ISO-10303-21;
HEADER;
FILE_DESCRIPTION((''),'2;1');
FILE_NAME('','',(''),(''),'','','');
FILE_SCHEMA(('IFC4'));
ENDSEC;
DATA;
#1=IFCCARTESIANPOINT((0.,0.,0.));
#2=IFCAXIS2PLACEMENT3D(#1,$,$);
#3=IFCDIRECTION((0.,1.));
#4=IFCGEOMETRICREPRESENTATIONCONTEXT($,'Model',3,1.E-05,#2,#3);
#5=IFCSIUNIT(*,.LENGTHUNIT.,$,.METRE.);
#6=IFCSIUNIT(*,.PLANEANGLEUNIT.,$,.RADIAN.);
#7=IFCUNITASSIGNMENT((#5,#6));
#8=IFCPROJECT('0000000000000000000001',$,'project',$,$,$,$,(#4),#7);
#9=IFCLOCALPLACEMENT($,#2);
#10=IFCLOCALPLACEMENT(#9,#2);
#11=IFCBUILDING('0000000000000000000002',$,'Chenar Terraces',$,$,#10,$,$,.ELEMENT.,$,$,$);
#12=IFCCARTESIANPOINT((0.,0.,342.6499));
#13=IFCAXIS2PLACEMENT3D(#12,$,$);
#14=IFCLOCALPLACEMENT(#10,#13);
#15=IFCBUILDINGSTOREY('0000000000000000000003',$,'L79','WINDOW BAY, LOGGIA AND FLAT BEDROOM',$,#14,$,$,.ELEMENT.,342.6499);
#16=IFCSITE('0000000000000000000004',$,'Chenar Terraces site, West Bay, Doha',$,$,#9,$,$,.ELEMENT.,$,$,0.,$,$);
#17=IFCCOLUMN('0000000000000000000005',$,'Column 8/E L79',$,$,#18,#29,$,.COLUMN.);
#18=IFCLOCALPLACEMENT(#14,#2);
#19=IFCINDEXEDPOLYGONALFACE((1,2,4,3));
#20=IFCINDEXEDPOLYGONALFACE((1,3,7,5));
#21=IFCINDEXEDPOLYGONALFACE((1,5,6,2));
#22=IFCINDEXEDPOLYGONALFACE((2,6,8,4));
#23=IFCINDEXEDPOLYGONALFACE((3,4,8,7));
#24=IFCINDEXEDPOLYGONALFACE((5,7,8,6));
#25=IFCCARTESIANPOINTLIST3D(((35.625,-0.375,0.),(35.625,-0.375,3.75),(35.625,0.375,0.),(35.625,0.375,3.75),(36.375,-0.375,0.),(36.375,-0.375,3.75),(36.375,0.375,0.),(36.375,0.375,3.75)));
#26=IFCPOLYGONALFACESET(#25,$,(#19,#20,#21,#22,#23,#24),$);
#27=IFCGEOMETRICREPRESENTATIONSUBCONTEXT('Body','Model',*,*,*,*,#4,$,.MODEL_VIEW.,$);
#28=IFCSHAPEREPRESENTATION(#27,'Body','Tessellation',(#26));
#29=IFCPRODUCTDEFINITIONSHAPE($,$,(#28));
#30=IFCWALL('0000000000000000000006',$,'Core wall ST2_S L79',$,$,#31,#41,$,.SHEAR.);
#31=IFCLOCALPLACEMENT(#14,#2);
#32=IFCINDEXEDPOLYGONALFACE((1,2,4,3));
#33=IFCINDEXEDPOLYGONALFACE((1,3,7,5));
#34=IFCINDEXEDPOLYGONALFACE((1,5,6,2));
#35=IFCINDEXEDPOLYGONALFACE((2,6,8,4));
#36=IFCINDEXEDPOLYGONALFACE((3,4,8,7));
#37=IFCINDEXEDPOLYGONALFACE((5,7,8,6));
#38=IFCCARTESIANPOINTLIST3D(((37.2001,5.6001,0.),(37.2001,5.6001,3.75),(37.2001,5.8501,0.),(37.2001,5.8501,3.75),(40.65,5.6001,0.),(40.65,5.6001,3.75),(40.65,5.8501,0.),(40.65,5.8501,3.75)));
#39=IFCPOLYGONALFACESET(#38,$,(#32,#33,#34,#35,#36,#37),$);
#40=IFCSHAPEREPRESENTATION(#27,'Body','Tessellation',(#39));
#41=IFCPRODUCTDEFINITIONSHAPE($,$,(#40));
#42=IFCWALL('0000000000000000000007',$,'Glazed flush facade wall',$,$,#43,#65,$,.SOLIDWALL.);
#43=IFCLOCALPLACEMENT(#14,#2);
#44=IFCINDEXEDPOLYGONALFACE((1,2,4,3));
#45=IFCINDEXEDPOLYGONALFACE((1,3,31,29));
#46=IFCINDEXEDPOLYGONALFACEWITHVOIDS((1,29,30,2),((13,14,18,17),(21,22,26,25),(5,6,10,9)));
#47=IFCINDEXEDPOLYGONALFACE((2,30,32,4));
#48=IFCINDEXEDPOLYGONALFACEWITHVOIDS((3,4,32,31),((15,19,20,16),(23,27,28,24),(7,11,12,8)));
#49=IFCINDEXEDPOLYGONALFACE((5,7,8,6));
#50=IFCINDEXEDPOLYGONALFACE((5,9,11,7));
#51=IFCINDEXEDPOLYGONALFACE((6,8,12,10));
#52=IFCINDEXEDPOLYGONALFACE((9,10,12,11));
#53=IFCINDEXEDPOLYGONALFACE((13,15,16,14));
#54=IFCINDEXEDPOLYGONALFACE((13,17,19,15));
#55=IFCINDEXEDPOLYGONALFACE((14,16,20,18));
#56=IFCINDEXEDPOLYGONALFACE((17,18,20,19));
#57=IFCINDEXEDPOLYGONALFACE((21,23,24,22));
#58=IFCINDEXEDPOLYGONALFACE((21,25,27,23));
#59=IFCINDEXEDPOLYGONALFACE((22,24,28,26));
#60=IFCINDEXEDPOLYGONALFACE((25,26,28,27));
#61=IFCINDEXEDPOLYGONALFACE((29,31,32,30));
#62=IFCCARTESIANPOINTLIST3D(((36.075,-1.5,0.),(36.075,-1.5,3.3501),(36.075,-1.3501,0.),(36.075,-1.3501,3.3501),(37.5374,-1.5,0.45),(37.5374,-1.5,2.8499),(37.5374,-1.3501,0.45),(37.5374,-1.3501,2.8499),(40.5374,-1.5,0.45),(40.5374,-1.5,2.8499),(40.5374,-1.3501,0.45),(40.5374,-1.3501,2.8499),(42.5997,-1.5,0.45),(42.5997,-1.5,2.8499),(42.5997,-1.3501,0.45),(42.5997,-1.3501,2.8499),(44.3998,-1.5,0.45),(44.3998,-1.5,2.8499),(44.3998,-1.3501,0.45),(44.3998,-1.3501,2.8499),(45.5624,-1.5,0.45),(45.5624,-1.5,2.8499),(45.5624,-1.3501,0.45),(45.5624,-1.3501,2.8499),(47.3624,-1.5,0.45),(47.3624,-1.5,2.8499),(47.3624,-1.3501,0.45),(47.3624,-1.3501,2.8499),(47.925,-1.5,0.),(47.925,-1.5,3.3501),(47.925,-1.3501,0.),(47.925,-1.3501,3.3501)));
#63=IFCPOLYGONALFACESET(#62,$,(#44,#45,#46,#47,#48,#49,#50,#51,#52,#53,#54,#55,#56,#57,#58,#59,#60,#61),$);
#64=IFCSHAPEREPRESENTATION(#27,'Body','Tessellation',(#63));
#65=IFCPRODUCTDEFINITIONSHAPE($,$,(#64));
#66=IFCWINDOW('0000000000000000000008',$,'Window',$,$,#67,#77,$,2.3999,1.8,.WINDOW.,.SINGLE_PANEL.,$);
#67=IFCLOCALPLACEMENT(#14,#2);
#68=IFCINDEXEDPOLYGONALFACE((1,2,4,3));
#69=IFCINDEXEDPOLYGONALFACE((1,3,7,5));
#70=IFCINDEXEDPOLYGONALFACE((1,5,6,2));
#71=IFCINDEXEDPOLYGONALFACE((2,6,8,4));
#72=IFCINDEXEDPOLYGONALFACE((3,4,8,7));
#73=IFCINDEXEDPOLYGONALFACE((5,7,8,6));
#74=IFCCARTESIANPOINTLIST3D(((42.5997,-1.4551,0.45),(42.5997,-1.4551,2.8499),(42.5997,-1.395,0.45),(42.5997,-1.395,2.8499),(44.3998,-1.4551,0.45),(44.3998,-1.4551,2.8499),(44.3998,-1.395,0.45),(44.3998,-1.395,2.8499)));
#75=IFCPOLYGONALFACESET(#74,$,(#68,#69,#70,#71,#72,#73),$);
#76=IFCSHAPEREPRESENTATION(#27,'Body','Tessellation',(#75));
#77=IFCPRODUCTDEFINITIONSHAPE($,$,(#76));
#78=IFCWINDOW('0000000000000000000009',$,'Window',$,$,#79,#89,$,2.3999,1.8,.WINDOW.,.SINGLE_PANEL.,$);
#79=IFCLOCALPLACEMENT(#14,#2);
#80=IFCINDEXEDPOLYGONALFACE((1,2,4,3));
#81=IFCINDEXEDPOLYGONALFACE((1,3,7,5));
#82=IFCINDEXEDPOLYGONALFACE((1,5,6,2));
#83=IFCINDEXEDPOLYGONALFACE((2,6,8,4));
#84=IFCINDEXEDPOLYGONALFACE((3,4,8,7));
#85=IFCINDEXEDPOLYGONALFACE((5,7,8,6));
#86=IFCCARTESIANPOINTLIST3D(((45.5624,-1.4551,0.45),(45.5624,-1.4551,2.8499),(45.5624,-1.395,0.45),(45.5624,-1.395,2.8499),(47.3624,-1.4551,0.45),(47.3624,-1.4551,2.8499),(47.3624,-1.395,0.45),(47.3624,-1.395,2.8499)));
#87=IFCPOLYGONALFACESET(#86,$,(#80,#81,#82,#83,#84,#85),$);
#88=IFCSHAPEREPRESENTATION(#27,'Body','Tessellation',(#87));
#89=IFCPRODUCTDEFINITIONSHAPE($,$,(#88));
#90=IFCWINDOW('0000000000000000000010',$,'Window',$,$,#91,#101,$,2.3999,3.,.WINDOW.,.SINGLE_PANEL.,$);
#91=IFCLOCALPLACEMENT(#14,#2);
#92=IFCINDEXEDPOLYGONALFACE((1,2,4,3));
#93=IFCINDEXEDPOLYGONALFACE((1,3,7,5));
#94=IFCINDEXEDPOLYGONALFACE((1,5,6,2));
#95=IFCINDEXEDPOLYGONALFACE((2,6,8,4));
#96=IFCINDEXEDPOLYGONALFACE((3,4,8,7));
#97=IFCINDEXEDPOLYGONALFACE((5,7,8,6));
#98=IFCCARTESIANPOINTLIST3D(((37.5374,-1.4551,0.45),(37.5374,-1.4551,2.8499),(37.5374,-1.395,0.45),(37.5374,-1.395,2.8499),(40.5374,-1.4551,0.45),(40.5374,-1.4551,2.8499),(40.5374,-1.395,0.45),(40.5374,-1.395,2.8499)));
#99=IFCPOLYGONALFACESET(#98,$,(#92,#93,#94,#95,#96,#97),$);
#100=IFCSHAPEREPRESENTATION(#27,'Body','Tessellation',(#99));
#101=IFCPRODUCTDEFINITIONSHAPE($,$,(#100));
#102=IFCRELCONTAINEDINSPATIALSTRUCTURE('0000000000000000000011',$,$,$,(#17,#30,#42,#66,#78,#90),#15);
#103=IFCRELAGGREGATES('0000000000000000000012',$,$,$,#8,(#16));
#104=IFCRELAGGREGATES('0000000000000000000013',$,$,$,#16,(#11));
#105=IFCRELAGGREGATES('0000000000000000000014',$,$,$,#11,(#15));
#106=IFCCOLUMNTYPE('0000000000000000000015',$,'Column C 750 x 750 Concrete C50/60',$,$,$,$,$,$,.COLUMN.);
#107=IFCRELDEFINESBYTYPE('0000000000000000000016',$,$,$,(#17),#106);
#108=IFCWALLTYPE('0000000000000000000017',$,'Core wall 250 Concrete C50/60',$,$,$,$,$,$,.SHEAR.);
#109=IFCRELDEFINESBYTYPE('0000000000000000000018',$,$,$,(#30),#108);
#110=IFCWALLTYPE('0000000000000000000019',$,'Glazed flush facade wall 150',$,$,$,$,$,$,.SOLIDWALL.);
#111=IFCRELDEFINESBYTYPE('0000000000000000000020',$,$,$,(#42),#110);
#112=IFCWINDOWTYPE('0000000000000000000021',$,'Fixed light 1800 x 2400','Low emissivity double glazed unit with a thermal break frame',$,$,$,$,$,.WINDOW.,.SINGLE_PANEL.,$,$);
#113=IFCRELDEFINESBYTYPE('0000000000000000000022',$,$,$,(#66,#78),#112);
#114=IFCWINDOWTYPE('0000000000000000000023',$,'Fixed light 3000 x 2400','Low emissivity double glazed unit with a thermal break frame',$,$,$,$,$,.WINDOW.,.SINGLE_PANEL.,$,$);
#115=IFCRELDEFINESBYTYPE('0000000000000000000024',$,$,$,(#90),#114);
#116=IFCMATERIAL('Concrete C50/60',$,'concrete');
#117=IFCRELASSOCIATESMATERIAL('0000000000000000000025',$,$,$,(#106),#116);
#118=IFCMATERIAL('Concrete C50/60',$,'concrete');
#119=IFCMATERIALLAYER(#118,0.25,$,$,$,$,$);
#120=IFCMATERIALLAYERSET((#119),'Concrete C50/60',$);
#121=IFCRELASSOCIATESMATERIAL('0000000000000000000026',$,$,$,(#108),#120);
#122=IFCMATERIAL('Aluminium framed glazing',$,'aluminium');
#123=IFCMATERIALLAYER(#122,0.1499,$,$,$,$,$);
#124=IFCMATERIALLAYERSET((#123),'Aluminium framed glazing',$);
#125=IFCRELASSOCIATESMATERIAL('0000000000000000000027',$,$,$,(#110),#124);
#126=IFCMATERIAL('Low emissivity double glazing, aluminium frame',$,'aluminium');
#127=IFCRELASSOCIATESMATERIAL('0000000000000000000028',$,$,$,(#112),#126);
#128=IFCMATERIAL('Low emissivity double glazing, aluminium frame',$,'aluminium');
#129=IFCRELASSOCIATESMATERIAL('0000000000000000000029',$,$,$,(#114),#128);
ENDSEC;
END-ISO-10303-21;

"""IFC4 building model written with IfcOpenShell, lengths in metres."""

from ifc_helpers import new_model, si_unit, direction, frame, frame_2d, origin, origin_2d, place, context, subcontext, project, spatial, rectangle, extrude, material, layer, layer_set, material_profile, profile_set, type_object, element, fill, save


model = new_model("IFC4")

# Units and contexts
model_context = context("Model", 3, precision=1e-05, world=origin(), true_north=direction((0.0, 1.0)))
body_context = subcontext(model_context, "Body", "Model", "MODEL_VIEW")
ifc_project = project(units=[si_unit("LENGTHUNIT", "METRE"), si_unit("PLANEANGLEUNIT", "RADIAN")], contexts=[model_context])

# Site, building, storey
site_placement = place(None, origin())
site = spatial("IfcSite", under=ifc_project, at=site_placement, Name="Chenar Terraces site, West Bay, Doha", CompositionType="ELEMENT", RefElevation=0.0)
building_placement = place(site_placement, origin())
building = spatial("IfcBuilding", under=site, at=building_placement, Name="Chenar Terraces", CompositionType="ELEMENT")
storey_placement = place(building_placement, frame((0.0, 0.0, 342.6499)))
storey = spatial("IfcBuildingStorey", under=building, at=storey_placement, Name="L79", Description="WINDOW BAY, LOGGIA AND FLAT BEDROOM", CompositionType="ELEMENT", Elevation=342.6499)

# Column
ifc_material_1 = material(Name="Concrete C50/60", Category="concrete")
ifc_material_profile = material_profile(ifc_material_1, rectangle(XDim=0.75, YDim=0.75, at=origin_2d()), Name="C 750 x 750")
ifc_profile_set = profile_set([ifc_material_profile], Name="Concrete C50/60")
column_type = type_object("IfcColumnType", Name="Column C 750 x 750 Concrete C50/60", PredefinedType="COLUMN", material=ifc_profile_set)
column_placement = place(storey_placement, frame((36.0, 0.0, 0.0), z_axis=(0.0, 0.0, 1.0), x_axis=(1.0, 0.0, 0.0)))
element("IfcColumn", 1, at=column_placement, inside=storey, type_object=column_type, Name="Column 8/E L79", PredefinedType="COLUMN", context=body_context, shape_type="SweptSolid", body=[
    extrude(rectangle(XDim=0.75, YDim=0.75, at=origin_2d()), origin(), (0.0, 0.0, 1.0), 3.75),
])

# Wall
ifc_material_2 = material(Name="Concrete C50/60", Category="concrete")
ifc_layer_1 = layer(ifc_material_2, 0.25)
ifc_layer_set_1 = layer_set([ifc_layer_1], Name="Concrete C50/60")
wall_type_1 = type_object("IfcWallType", Name="Core wall 250 Concrete C50/60", PredefinedType="SHEAR", material=ifc_layer_set_1)
wall_1_placement = place(storey_placement, frame((37.2, 5.7251, 0.0), z_axis=(0.0, 0.0, 1.0), x_axis=(1.0, 0.0, 0.0)))
element("IfcWall", 2, at=wall_1_placement, inside=storey, type_object=wall_type_1, Name="Core wall ST2_S L79", PredefinedType="SHEAR", context=body_context, shape_type="SweptSolid", body=[
    extrude(rectangle(XDim=3.45, YDim=0.25, at=frame_2d((1.7251, 0.0))), origin(), (0.0, 0.0, 1.0), 3.75),
])

# Wall, openings, windows
ifc_material_3 = material(Name="Aluminium framed glazing", Category="aluminium")
ifc_layer_2 = layer(ifc_material_3, 0.1499)
ifc_layer_set_2 = layer_set([ifc_layer_2], Name="Aluminium framed glazing")
wall_type_2 = type_object("IfcWallType", Name="Glazed flush facade wall 150", PredefinedType="SOLIDWALL", material=ifc_layer_set_2)
wall_2_placement = place(storey_placement, frame((36.075, -1.425, 0.0), z_axis=(0.0, 0.0, 1.0), x_axis=(1.0, 0.0, 0.0)))
wall_2 = element("IfcWall", 3, at=wall_2_placement, inside=storey, type_object=wall_type_2, Name="Glazed flush facade wall", PredefinedType="SOLIDWALL", context=body_context, shape_type="SweptSolid", body=[
    extrude(rectangle(XDim=11.8501, YDim=0.1499, at=frame_2d((5.925, 0.0))), origin(), (0.0, 0.0, 1.0), 3.3501),
])
opening_1_placement = place(wall_2_placement, frame((1.4624, 0.0, 0.45)))
opening_1 = element("IfcOpeningElement", 4, at=opening_1_placement, cuts=wall_2, PredefinedType="OPENING", context=body_context, shape_type="SweptSolid", body=[
    extrude(rectangle(XDim=3.0, YDim=2.3999, at=frame_2d((1.5, 1.2))), frame((0.0, 0.085, 0.0), z_axis=(0.0, -1.0, 0.0), x_axis=(1.0, 0.0, 0.0)), (0.0, 0.0, 1.0), 0.1699),
])
opening_2_placement = place(wall_2_placement, frame((6.5249, 0.0, 0.45)))
opening_2 = element("IfcOpeningElement", 5, at=opening_2_placement, cuts=wall_2, PredefinedType="OPENING", context=body_context, shape_type="SweptSolid", body=[
    extrude(rectangle(XDim=1.8, YDim=2.3999, at=frame_2d((0.8999, 1.2))), frame((0.0, 0.085, 0.0), z_axis=(0.0, -1.0, 0.0), x_axis=(1.0, 0.0, 0.0)), (0.0, 0.0, 1.0), 0.1699),
])
opening_3_placement = place(wall_2_placement, frame((9.4875, 0.0, 0.45)))
opening_3 = element("IfcOpeningElement", 6, at=opening_3_placement, cuts=wall_2, PredefinedType="OPENING", context=body_context, shape_type="SweptSolid", body=[
    extrude(rectangle(XDim=1.8, YDim=2.3999, at=frame_2d((0.8999, 1.2))), frame((0.0, 0.085, 0.0), z_axis=(0.0, -1.0, 0.0), x_axis=(1.0, 0.0, 0.0)), (0.0, 0.0, 1.0), 0.1699),
])
ifc_material_4 = material(Name="Low emissivity double glazing, aluminium frame", Category="aluminium")
window_type_1 = type_object("IfcWindowType", Name="Fixed light 1800 x 2400", Description="Low emissivity double glazed unit with a thermal break frame", PartitioningType="SINGLE_PANEL", PredefinedType="WINDOW", material=ifc_material_4)
window_1_placement = place(opening_2_placement, origin())
window_1 = element("IfcWindow", 7, at=window_1_placement, inside=storey, type_object=window_type_1, Name="Window", OverallHeight=2.3999, OverallWidth=1.8, PartitioningType="SINGLE_PANEL", PredefinedType="WINDOW", context=body_context, shape_type="SweptSolid", body=[
    extrude(rectangle(XDim=1.8, YDim=2.3999, at=frame_2d((0.8999, 1.2))), frame((0.0, 0.03, 0.0), z_axis=(0.0, -1.0, 0.0), x_axis=(1.0, 0.0, 0.0)), (0.0, 0.0, 1.0), 0.0601),
])
fill(opening_2, window_1)
window_2_placement = place(opening_3_placement, origin())
window_2 = element("IfcWindow", 8, at=window_2_placement, inside=storey, type_object=window_type_1, Name="Window", OverallHeight=2.3999, OverallWidth=1.8, PartitioningType="SINGLE_PANEL", PredefinedType="WINDOW", context=body_context, shape_type="SweptSolid", body=[
    extrude(rectangle(XDim=1.8, YDim=2.3999, at=frame_2d((0.8999, 1.2))), frame((0.0, 0.03, 0.0), z_axis=(0.0, -1.0, 0.0), x_axis=(1.0, 0.0, 0.0)), (0.0, 0.0, 1.0), 0.0601),
])
fill(opening_3, window_2)
ifc_material_5 = material(Name="Low emissivity double glazing, aluminium frame", Category="aluminium")
window_type_2 = type_object("IfcWindowType", Name="Fixed light 3000 x 2400", Description="Low emissivity double glazed unit with a thermal break frame", PartitioningType="SINGLE_PANEL", PredefinedType="WINDOW", material=ifc_material_5)
window_3_placement = place(opening_1_placement, origin())
window_3 = element("IfcWindow", 9, at=window_3_placement, inside=storey, type_object=window_type_2, Name="Window", OverallHeight=2.3999, OverallWidth=3.0, PartitioningType="SINGLE_PANEL", PredefinedType="WINDOW", context=body_context, shape_type="SweptSolid", body=[
    extrude(rectangle(XDim=3.0, YDim=2.3999, at=frame_2d((1.5, 1.2))), frame((0.0, 0.03, 0.0), z_axis=(0.0, -1.0, 0.0), x_axis=(1.0, 0.0, 0.0)), (0.0, 0.0, 1.0), 0.0601),
])
fill(opening_1, window_3)

save(model, "model.ifc")
